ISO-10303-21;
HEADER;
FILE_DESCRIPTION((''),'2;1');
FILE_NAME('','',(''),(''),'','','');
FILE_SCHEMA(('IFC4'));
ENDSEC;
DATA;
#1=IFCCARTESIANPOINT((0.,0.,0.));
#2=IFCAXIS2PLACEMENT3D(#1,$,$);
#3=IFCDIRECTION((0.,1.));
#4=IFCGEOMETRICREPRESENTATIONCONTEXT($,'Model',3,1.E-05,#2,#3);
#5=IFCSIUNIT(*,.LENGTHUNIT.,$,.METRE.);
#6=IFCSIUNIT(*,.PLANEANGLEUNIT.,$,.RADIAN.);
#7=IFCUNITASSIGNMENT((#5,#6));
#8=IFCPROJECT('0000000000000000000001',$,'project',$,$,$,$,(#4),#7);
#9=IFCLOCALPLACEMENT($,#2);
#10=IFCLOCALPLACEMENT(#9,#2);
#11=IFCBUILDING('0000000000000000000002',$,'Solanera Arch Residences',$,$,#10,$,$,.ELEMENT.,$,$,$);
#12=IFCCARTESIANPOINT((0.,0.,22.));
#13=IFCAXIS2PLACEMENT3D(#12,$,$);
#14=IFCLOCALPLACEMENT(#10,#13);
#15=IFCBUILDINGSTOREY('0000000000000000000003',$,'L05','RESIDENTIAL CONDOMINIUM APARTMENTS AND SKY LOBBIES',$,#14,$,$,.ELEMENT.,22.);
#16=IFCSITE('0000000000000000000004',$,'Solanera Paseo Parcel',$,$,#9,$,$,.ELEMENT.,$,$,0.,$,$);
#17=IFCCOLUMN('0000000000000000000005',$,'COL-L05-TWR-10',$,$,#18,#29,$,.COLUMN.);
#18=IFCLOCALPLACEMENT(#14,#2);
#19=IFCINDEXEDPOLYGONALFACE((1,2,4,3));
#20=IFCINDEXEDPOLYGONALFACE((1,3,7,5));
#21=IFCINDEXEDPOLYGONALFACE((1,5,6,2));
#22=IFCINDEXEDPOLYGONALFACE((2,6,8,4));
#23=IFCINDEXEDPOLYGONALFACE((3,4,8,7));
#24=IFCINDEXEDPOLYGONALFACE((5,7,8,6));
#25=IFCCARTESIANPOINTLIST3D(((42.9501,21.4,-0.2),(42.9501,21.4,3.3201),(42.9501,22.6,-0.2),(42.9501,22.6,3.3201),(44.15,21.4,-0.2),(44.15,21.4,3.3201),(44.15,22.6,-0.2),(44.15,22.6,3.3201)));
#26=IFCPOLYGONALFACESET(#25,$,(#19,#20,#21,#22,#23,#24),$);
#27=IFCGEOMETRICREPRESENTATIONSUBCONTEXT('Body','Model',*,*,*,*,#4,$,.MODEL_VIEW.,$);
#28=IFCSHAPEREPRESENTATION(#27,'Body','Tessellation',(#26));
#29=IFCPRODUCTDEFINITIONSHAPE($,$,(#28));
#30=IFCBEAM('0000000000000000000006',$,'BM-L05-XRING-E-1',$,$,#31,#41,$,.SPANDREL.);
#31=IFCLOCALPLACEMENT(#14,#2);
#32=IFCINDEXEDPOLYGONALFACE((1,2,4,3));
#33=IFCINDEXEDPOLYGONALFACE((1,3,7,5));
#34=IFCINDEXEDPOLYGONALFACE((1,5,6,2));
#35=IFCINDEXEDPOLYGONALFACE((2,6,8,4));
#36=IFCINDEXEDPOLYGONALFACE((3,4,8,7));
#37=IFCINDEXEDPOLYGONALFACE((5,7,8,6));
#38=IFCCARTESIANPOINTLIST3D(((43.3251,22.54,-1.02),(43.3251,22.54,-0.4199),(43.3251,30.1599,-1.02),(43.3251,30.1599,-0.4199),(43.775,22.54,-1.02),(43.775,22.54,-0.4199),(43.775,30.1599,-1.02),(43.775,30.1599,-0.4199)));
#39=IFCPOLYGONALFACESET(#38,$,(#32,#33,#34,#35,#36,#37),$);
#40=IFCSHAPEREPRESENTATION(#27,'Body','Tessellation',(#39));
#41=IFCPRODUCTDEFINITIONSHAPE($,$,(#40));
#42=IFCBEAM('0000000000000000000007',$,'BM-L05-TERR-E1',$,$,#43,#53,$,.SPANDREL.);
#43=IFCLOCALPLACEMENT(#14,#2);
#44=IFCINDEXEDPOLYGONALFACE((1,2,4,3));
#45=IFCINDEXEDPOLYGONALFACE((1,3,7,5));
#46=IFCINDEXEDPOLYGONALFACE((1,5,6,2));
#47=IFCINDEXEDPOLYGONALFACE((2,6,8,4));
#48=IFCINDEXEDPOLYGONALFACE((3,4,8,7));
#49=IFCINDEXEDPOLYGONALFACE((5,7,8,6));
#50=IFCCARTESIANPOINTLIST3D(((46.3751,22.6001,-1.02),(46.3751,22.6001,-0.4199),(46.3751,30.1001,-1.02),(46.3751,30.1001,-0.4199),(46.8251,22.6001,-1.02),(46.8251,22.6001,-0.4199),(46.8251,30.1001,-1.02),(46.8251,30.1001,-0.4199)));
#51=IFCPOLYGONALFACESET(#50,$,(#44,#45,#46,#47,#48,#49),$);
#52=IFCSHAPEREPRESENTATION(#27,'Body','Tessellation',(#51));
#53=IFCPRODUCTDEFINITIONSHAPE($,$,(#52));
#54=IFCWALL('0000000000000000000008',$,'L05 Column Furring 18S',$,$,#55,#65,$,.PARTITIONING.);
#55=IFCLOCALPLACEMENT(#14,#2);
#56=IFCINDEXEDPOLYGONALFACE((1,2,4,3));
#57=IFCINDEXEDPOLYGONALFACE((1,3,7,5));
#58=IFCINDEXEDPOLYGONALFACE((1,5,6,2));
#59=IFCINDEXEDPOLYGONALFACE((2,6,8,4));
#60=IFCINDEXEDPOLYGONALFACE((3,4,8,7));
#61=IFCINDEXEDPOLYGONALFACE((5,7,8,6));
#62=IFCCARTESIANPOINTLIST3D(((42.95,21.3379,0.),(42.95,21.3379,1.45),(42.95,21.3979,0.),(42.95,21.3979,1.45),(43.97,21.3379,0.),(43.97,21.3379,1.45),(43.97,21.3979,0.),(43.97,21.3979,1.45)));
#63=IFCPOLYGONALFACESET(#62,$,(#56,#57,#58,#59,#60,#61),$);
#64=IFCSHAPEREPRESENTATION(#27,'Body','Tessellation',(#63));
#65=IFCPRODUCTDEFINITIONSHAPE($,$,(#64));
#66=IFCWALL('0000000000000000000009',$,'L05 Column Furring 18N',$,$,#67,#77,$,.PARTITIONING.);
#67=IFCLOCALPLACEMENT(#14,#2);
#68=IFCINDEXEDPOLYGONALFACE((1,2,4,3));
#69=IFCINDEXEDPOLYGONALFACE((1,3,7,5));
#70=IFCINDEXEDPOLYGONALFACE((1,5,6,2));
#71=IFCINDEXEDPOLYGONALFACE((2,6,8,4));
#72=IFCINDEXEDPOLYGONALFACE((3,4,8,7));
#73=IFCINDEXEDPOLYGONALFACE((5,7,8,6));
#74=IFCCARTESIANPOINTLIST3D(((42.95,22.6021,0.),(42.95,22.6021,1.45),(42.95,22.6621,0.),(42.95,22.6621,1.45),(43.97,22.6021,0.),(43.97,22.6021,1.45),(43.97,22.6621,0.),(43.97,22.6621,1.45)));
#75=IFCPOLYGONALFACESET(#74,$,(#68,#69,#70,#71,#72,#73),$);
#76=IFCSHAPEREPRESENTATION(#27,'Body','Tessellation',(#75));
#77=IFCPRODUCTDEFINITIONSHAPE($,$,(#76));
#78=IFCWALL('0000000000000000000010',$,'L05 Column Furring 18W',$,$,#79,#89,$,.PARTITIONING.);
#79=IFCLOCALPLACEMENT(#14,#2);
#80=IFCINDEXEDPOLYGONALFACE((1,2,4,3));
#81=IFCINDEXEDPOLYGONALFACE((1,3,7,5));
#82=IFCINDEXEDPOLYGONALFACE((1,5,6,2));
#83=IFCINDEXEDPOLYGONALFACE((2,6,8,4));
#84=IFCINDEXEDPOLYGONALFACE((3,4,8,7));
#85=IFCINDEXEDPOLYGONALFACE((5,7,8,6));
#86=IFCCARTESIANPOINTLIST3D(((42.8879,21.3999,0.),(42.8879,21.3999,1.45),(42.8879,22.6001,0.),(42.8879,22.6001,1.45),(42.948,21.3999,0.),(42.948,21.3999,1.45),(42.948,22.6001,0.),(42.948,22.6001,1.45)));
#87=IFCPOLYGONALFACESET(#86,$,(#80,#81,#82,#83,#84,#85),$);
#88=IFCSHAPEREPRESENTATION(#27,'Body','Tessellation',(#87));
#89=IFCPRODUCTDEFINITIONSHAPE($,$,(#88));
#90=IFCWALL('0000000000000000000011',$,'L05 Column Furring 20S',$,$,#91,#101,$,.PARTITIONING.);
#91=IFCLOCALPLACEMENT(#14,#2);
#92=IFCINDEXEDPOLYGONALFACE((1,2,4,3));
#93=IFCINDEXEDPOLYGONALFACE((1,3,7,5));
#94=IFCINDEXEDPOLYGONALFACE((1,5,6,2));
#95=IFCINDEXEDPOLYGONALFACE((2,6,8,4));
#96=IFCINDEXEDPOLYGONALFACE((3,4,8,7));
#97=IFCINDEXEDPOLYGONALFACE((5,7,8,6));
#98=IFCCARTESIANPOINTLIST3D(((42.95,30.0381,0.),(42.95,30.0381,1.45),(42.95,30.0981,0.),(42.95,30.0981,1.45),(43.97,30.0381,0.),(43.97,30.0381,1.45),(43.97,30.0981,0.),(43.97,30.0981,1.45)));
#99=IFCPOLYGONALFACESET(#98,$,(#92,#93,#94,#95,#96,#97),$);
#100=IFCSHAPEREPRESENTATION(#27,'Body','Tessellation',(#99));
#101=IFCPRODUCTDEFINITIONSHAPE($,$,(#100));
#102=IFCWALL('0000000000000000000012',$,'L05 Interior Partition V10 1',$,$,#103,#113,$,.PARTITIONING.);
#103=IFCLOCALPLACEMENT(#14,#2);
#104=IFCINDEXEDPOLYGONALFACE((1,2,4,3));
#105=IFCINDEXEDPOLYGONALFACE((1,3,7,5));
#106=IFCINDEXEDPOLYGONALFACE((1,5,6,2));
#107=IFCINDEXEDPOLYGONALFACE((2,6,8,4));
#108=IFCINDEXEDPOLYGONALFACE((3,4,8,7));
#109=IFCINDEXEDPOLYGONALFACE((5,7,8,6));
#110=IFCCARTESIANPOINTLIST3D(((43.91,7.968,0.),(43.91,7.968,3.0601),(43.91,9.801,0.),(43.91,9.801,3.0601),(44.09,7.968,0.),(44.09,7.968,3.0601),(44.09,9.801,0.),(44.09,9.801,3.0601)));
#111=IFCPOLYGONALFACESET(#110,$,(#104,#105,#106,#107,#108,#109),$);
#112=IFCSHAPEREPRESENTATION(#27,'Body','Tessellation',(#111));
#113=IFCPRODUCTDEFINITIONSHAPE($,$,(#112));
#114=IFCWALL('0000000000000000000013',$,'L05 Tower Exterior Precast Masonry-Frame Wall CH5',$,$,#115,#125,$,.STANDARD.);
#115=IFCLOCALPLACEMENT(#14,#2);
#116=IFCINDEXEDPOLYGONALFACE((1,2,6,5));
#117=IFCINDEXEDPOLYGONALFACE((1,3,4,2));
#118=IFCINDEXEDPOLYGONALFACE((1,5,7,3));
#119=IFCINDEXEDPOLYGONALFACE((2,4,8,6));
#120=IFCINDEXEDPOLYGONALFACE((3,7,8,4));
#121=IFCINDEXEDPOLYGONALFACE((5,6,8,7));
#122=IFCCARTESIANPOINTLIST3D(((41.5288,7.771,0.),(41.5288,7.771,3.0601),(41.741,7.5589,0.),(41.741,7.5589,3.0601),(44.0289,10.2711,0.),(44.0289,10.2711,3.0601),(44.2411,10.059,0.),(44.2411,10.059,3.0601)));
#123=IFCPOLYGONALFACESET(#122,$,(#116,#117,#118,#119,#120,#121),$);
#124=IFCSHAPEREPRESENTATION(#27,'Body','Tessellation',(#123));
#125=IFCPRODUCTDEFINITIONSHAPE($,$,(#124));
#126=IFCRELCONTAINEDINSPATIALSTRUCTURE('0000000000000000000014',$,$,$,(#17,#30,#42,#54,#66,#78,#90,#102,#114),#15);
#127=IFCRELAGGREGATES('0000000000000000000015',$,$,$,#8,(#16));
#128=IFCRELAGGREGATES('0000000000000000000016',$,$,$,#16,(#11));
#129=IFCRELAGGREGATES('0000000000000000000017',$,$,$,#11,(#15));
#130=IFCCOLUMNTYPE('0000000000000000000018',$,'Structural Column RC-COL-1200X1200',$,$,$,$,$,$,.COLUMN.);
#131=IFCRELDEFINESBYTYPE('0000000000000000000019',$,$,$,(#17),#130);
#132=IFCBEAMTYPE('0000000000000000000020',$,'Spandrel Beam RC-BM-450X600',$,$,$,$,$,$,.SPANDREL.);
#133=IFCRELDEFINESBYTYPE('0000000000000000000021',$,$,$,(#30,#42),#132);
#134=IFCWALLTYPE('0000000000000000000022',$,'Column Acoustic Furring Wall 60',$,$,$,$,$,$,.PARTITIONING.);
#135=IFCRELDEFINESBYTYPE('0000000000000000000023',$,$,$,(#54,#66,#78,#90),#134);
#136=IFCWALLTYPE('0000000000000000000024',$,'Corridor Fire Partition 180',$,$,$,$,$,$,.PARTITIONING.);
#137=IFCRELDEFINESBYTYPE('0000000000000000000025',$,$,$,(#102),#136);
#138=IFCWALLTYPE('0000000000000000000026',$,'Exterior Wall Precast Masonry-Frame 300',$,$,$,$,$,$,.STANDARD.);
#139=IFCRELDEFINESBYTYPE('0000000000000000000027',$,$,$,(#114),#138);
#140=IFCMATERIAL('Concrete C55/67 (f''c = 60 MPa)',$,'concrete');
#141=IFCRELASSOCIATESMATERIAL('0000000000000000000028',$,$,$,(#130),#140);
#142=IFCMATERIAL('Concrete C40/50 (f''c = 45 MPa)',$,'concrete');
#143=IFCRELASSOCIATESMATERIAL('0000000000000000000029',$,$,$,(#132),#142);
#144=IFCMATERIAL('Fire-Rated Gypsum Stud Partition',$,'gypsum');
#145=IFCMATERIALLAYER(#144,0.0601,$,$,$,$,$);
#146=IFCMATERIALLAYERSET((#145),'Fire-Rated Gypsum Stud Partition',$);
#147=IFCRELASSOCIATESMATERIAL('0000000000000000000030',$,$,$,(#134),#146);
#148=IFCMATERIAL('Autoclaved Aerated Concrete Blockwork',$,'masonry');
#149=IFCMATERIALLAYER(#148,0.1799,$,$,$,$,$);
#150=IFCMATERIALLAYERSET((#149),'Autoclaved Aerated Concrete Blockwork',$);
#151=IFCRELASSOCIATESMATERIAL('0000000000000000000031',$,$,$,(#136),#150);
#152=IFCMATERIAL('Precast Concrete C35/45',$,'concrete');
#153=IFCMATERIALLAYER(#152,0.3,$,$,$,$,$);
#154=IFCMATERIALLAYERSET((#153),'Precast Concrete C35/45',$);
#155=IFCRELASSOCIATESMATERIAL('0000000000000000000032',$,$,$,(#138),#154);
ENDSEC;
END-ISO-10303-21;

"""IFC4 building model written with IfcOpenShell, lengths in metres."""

from ifc_helpers import new_model, si_unit, direction, frame, frame_2d, origin, origin_2d, place, context, subcontext, project, spatial, rectangle, extrude, material, layer, layer_set, material_profile, profile_set, type_object, element, save


model = new_model("IFC4")

# Units and contexts
model_context = context("Model", 3, precision=1e-05, world=origin(), true_north=direction((0.0, 1.0)))
body_context = subcontext(model_context, "Body", "Model", "MODEL_VIEW")
ifc_project = project(units=[si_unit("LENGTHUNIT", "METRE"), si_unit("PLANEANGLEUNIT", "RADIAN")], contexts=[model_context])

# Site, building, storey
site_placement = place(None, origin())
site = spatial("IfcSite", under=ifc_project, at=site_placement, Name="Solanera Paseo Parcel", CompositionType="ELEMENT", RefElevation=0.0)
building_placement = place(site_placement, origin())
building = spatial("IfcBuilding", under=site, at=building_placement, Name="Solanera Arch Residences", CompositionType="ELEMENT")
storey_placement = place(building_placement, frame((0.0, 0.0, 22.0)))
storey = spatial("IfcBuildingStorey", under=building, at=storey_placement, Name="L05", Description="RESIDENTIAL CONDOMINIUM APARTMENTS AND SKY LOBBIES", CompositionType="ELEMENT", Elevation=22.0)

# Column
ifc_material_1 = material(Name="Concrete C55/67 (f'c = 60 MPa)", Category="concrete")
ifc_material_profile_1 = material_profile(ifc_material_1, rectangle(XDim=1.2, YDim=1.2, at=origin_2d()))
ifc_profile_set_1 = profile_set([ifc_material_profile_1], Name="Concrete C55/67 (f'c = 60 MPa)")
column_type = type_object("IfcColumnType", Name="Structural Column RC-COL-1200X1200", PredefinedType="COLUMN", material=ifc_profile_set_1)
column_placement = place(storey_placement, frame((43.55, 22.0, -0.2), z_axis=(0.0, 0.0, 1.0), x_axis=(1.0, 0.0, 0.0)))
element("IfcColumn", 1, at=column_placement, inside=storey, type_object=column_type, Name="COL-L05-TWR-10", PredefinedType="COLUMN", context=body_context, shape_type="SweptSolid", body=[
    extrude(rectangle(XDim=1.2, YDim=1.2, at=origin_2d()), origin(), (0.0, 0.0, 1.0), 3.52),
])

# Beams
ifc_material_2 = material(Name="Concrete C40/50 (f'c = 45 MPa)", Category="concrete")
ifc_material_profile_2 = material_profile(ifc_material_2, rectangle(XDim=0.45, YDim=0.6001, at=origin_2d()))
ifc_profile_set_2 = profile_set([ifc_material_profile_2], Name="Concrete C40/50 (f'c = 45 MPa)")
beam_type = type_object("IfcBeamType", Name="Spandrel Beam RC-BM-450X600", PredefinedType="SPANDREL", material=ifc_profile_set_2)
beam_1_placement = place(storey_placement, frame((43.55, 22.54, -0.72), z_axis=(0.0, 1.0, 0.0), x_axis=(-1.0, 0.0, 0.0)))
element("IfcBeam", 2, at=beam_1_placement, inside=storey, type_object=beam_type, Name="BM-L05-XRING-E-1", PredefinedType="SPANDREL", context=body_context, shape_type="SweptSolid", body=[
    extrude(rectangle(XDim=0.45, YDim=0.6001, at=origin_2d()), origin(), (0.0, 0.0, 1.0), 7.6199),
])
beam_2_placement = place(storey_placement, frame((46.6001, 22.6001, -0.72), z_axis=(0.0, 1.0, 0.0), x_axis=(-1.0, 0.0, 0.0)))
element("IfcBeam", 3, at=beam_2_placement, inside=storey, type_object=beam_type, Name="BM-L05-TERR-E1", PredefinedType="SPANDREL", context=body_context, shape_type="SweptSolid", body=[
    extrude(rectangle(XDim=0.45, YDim=0.6001, at=origin_2d()), origin(), (0.0, 0.0, 1.0), 7.5),
])

# Walls
ifc_material_3 = material(Name="Fire-Rated Gypsum Stud Partition", Category="gypsum")
ifc_layer_1 = layer(ifc_material_3, 0.0601)
ifc_layer_set_1 = layer_set([ifc_layer_1], Name="Fire-Rated Gypsum Stud Partition")
wall_type_1 = type_object("IfcWallType", Name="Column Acoustic Furring Wall 60", PredefinedType="PARTITIONING", material=ifc_layer_set_1)
for number, where, z_axis, x_axis, name in (
    (4, (42.95, 21.3679, 0.0), (0.0, 0.0, 1.0), (1.0, 0.0, 0.0), "L05 Column Furring 18S"),
    (5, (42.95, 22.6321, 0.0), (0.0, 0.0, 1.0), (1.0, 0.0, 0.0), "L05 Column Furring 18N"),
):
    element("IfcWall", number, at=place(storey_placement, frame(where, z_axis=z_axis, x_axis=x_axis)), inside=storey, type_object=wall_type_1, Name=name, PredefinedType="PARTITIONING", context=body_context, shape_type="SweptSolid", body=[
        extrude(rectangle(XDim=1.02, YDim=0.0601, at=frame_2d((0.51, 0.0))), origin(), (0.0, 0.0, 1.0), 1.45),
    ])
wall_1_placement = place(storey_placement, frame((42.918, 21.3999, 0.0), z_axis=(0.0, 0.0, 1.0), x_axis=(0.0, 1.0, 0.0)))
element("IfcWall", 6, at=wall_1_placement, inside=storey, type_object=wall_type_1, Name="L05 Column Furring 18W", PredefinedType="PARTITIONING", context=body_context, shape_type="SweptSolid", body=[
    extrude(rectangle(XDim=1.2002, YDim=0.0601, at=frame_2d((0.6001, 0.0))), origin(), (0.0, 0.0, 1.0), 1.45),
])
wall_2_placement = place(storey_placement, frame((42.95, 30.0681, 0.0), z_axis=(0.0, 0.0, 1.0), x_axis=(1.0, 0.0, 0.0)))
element("IfcWall", 7, at=wall_2_placement, inside=storey, type_object=wall_type_1, Name="L05 Column Furring 20S", PredefinedType="PARTITIONING", context=body_context, shape_type="SweptSolid", body=[
    extrude(rectangle(XDim=1.02, YDim=0.0601, at=frame_2d((0.51, 0.0))), origin(), (0.0, 0.0, 1.0), 1.45),
])
ifc_material_4 = material(Name="Autoclaved Aerated Concrete Blockwork", Category="masonry")
ifc_layer_2 = layer(ifc_material_4, 0.1799)
ifc_layer_set_2 = layer_set([ifc_layer_2], Name="Autoclaved Aerated Concrete Blockwork")
wall_type_2 = type_object("IfcWallType", Name="Corridor Fire Partition 180", PredefinedType="PARTITIONING", material=ifc_layer_set_2)
wall_3_placement = place(storey_placement, frame((44.0, 7.968, 0.0), z_axis=(0.0, 0.0, 1.0), x_axis=(0.0, 1.0, 0.0)))
element("IfcWall", 8, at=wall_3_placement, inside=storey, type_object=wall_type_2, Name="L05 Interior Partition V10 1", PredefinedType="PARTITIONING", context=body_context, shape_type="SweptSolid", body=[
    extrude(rectangle(XDim=1.833, YDim=0.1799, at=frame_2d((0.9165, 0.0))), origin(), (0.0, 0.0, 1.0), 3.0601),
])
ifc_material_5 = material(Name="Precast Concrete C35/45", Category="concrete")
ifc_layer_3 = layer(ifc_material_5, 0.3)
ifc_layer_set_3 = layer_set([ifc_layer_3], Name="Precast Concrete C35/45")
wall_type_3 = type_object("IfcWallType", Name="Exterior Wall Precast Masonry-Frame 300", PredefinedType="STANDARD", material=ifc_layer_set_3)
wall_4_placement = place(storey_placement, frame((44.135, 10.165, 0.0), z_axis=(0.0, 0.0, 1.0), x_axis=(-0.707107, -0.707107, 0.0)))
element("IfcWall", 9, at=wall_4_placement, inside=storey, type_object=wall_type_3, Name="L05 Tower Exterior Precast Masonry-Frame Wall CH5", PredefinedType="STANDARD", context=body_context, shape_type="SweptSolid", body=[
    extrude(rectangle(XDim=3.5356, YDim=0.3, at=frame_2d((1.7678, 0.0))), origin(), (0.0, 0.0, 1.0), 3.0601),
])

save(model, "model.ifc")
